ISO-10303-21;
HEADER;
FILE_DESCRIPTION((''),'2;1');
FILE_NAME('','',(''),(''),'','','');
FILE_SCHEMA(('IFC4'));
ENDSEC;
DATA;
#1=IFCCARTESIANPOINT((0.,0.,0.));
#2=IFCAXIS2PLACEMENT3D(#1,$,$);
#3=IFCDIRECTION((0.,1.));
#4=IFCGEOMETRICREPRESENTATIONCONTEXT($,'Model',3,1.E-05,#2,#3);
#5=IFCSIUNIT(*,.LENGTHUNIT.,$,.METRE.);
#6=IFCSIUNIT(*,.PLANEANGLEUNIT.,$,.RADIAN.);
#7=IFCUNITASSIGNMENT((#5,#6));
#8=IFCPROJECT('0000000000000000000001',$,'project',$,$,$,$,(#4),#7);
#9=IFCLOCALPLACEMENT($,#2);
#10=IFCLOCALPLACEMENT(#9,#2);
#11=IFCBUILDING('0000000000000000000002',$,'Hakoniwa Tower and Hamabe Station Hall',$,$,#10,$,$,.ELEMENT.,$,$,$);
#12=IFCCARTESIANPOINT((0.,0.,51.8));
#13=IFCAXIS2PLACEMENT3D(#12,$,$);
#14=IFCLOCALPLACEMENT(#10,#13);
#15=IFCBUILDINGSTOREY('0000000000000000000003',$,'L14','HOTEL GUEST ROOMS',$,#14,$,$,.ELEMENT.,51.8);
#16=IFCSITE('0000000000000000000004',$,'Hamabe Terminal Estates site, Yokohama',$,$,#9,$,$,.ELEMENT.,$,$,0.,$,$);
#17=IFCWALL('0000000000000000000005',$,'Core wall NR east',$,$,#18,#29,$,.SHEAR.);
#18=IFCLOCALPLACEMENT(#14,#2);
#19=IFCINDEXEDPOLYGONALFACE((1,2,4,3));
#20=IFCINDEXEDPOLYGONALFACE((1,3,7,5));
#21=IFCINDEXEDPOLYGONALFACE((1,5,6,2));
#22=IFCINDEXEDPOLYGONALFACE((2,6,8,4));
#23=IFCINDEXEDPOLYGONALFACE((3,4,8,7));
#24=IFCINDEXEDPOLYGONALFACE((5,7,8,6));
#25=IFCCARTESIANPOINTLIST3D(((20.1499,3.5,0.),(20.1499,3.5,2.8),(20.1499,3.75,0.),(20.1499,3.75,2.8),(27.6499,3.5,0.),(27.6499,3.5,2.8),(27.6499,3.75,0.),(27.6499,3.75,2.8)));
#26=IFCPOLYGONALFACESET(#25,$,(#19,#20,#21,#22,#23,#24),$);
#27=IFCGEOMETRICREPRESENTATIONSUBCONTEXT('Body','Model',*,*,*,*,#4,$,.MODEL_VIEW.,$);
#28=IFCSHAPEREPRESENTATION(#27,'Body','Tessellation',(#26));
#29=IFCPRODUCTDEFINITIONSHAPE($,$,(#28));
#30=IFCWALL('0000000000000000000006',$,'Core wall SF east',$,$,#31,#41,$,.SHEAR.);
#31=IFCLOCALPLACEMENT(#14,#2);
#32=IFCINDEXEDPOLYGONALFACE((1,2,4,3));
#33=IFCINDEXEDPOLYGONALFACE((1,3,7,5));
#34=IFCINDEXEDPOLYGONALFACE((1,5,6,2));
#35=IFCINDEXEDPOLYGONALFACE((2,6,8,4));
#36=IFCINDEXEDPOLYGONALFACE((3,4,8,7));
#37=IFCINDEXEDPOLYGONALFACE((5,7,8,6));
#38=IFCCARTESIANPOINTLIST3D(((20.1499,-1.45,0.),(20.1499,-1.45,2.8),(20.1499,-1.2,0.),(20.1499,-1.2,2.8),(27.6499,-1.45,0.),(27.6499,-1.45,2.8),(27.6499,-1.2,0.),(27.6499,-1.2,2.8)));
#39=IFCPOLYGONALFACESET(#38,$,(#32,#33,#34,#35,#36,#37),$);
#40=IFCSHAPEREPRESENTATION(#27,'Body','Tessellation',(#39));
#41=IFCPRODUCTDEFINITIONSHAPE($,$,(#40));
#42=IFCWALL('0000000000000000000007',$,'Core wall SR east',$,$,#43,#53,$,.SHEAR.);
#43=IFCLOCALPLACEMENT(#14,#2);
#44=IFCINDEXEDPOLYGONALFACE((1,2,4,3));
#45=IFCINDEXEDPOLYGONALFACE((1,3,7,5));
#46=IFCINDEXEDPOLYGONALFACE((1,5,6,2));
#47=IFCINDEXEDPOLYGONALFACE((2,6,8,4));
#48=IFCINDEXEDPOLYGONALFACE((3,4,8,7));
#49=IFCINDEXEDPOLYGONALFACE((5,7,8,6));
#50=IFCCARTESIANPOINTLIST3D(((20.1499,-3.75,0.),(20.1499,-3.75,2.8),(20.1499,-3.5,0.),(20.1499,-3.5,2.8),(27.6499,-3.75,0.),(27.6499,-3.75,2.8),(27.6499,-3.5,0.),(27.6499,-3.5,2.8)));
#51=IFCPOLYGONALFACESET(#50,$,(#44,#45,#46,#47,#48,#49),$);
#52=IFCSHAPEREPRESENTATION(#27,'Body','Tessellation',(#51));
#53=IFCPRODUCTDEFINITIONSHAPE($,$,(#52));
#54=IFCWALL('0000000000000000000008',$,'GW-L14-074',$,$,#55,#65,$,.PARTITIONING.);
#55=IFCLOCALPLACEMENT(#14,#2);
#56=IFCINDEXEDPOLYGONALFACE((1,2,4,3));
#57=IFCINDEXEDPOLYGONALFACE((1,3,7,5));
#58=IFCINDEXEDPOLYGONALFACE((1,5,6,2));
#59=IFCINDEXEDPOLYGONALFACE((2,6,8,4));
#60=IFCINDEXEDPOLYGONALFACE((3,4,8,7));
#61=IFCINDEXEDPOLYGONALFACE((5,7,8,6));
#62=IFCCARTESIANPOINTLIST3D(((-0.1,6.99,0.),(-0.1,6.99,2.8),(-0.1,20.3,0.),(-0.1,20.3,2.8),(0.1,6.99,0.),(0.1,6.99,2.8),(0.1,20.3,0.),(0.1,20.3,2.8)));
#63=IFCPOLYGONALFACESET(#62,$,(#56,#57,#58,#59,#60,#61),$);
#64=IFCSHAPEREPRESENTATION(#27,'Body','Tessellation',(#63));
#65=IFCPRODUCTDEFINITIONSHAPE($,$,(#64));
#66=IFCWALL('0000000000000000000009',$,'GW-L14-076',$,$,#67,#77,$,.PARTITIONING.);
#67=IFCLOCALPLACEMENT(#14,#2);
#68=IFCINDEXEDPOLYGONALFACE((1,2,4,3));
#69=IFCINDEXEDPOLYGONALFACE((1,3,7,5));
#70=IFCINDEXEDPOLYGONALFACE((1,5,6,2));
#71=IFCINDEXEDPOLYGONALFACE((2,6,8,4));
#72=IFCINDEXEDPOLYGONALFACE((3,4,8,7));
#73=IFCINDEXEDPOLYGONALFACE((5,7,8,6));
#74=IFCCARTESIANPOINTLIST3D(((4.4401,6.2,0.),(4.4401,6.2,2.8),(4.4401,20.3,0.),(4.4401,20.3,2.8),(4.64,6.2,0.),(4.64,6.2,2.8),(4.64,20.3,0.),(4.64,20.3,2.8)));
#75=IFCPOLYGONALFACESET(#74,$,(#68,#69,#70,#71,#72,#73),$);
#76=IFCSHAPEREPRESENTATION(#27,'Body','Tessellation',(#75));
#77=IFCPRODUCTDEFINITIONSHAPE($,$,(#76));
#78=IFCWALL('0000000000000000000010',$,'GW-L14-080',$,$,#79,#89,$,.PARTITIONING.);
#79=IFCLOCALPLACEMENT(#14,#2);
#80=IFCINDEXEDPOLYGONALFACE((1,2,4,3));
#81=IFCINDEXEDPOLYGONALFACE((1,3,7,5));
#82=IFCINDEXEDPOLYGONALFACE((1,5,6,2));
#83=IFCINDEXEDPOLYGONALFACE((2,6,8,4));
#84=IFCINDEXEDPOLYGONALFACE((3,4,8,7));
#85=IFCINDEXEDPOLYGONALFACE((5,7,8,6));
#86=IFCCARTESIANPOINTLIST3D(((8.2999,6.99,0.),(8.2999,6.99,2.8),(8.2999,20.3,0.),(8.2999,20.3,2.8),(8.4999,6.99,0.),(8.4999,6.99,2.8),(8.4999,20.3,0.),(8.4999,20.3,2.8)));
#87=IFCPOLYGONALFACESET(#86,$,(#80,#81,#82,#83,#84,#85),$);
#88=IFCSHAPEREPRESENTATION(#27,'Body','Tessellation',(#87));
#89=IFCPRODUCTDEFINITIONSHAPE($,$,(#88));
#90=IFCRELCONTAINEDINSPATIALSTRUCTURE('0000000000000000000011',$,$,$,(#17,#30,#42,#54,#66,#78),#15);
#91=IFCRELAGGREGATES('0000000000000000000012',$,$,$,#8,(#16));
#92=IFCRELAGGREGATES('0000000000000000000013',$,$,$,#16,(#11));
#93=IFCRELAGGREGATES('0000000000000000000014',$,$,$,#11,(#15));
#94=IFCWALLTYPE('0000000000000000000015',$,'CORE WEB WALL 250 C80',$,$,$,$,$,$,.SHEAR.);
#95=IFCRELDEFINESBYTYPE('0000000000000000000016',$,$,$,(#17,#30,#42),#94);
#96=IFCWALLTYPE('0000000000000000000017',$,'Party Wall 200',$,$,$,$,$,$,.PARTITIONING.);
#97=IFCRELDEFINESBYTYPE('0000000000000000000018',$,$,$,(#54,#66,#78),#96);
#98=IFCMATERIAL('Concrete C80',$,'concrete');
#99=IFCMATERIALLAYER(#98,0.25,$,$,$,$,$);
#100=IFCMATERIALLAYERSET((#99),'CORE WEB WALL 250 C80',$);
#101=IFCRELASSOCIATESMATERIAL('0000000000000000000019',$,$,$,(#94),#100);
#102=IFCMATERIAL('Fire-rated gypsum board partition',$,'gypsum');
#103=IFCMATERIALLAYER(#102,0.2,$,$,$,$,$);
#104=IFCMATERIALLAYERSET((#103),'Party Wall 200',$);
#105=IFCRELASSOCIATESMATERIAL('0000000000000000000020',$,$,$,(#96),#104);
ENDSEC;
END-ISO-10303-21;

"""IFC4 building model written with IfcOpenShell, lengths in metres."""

from ifc_helpers import new_model, si_unit, direction, frame, frame_2d, origin, place, context, subcontext, project, spatial, rectangle, extrude, material, layer, layer_set, type_object, element, save


model = new_model("IFC4")

# Units and contexts
model_context = context("Model", 3, precision=1e-05, world=origin(), true_north=direction((0.0, 1.0)))
body_context = subcontext(model_context, "Body", "Model", "MODEL_VIEW")
ifc_project = project(units=[si_unit("LENGTHUNIT", "METRE"), si_unit("PLANEANGLEUNIT", "RADIAN")], contexts=[model_context])

# Site, building, storey
site_placement = place(None, origin())
site = spatial("IfcSite", under=ifc_project, at=site_placement, Name="Hamabe Terminal Estates site, Yokohama", CompositionType="ELEMENT", RefElevation=0.0)
building_placement = place(site_placement, origin())
building = spatial("IfcBuilding", under=site, at=building_placement, Name="Hakoniwa Tower and Hamabe Station Hall", CompositionType="ELEMENT")
storey_placement = place(building_placement, frame((0.0, 0.0, 51.8)))
storey = spatial("IfcBuildingStorey", under=building, at=storey_placement, Name="L14", Description="HOTEL GUEST ROOMS", CompositionType="ELEMENT", Elevation=51.8)

# Shared definitions
ifc_material_1 = material(Name="Concrete C80", Category="concrete")
ifc_layer_1 = layer(ifc_material_1, 0.25)
ifc_layer_set_1 = layer_set([ifc_layer_1], Name="CORE WEB WALL 250 C80")
wall_type_1 = type_object("IfcWallType", Name="CORE WEB WALL 250 C80", PredefinedType="SHEAR", material=ifc_layer_set_1)

# Walls
for number, where, z_axis, x_axis, name in (
    (1, (20.1499, 3.625, 0.0), (0.0, 0.0, 1.0), (1.0, 0.0, 0.0), "Core wall NR east"),
    (2, (20.1499, -1.325, 0.0), (0.0, 0.0, 1.0), (1.0, 0.0, 0.0), "Core wall SF east"),
    (3, (20.1499, -3.625, 0.0), (0.0, 0.0, 1.0), (1.0, 0.0, 0.0), "Core wall SR east"),
):
    element("IfcWall", number, at=place(storey_placement, frame(where, z_axis=z_axis, x_axis=x_axis)), inside=storey, type_object=wall_type_1, Name=name, PredefinedType="SHEAR", context=body_context, shape_type="SweptSolid", body=[
        extrude(rectangle(XDim=7.5, YDim=0.25, at=frame_2d((3.75, 0.0))), origin(), (0.0, 0.0, 1.0), 2.8),
    ])
ifc_material_2 = material(Name="Fire-rated gypsum board partition", Category="gypsum")
ifc_layer_2 = layer(ifc_material_2, 0.2)
ifc_layer_set_2 = layer_set([ifc_layer_2], Name="Party Wall 200")
wall_type_2 = type_object("IfcWallType", Name="Party Wall 200", PredefinedType="PARTITIONING", material=ifc_layer_set_2)
wall_1_placement = place(storey_placement, frame((0.0, 6.99, 0.0), z_axis=(0.0, 0.0, 1.0), x_axis=(0.0, 1.0, 0.0)))
element("IfcWall", 4, at=wall_1_placement, inside=storey, type_object=wall_type_2, Name="GW-L14-074", PredefinedType="PARTITIONING", context=body_context, shape_type="SweptSolid", body=[
    extrude(rectangle(XDim=13.3101, YDim=0.2, at=frame_2d((6.655, 0.0))), origin(), (0.0, 0.0, 1.0), 2.8),
])
wall_2_placement = place(storey_placement, frame((4.54, 6.2, 0.0), z_axis=(0.0, 0.0, 1.0), x_axis=(0.0, 1.0, 0.0)))
element("IfcWall", 5, at=wall_2_placement, inside=storey, type_object=wall_type_2, Name="GW-L14-076", PredefinedType="PARTITIONING", context=body_context, shape_type="SweptSolid", body=[
    extrude(rectangle(XDim=14.1001, YDim=0.2, at=frame_2d((7.05, 0.0))), origin(), (0.0, 0.0, 1.0), 2.8),
])
wall_3_placement = place(storey_placement, frame((8.3999, 6.99, 0.0), z_axis=(0.0, 0.0, 1.0), x_axis=(0.0, 1.0, 0.0)))
element("IfcWall", 6, at=wall_3_placement, inside=storey, type_object=wall_type_2, Name="GW-L14-080", PredefinedType="PARTITIONING", context=body_context, shape_type="SweptSolid", body=[
    extrude(rectangle(XDim=13.3101, YDim=0.2, at=frame_2d((6.655, 0.0))), origin(), (0.0, 0.0, 1.0), 2.8),
])

save(model, "model.ifc")
